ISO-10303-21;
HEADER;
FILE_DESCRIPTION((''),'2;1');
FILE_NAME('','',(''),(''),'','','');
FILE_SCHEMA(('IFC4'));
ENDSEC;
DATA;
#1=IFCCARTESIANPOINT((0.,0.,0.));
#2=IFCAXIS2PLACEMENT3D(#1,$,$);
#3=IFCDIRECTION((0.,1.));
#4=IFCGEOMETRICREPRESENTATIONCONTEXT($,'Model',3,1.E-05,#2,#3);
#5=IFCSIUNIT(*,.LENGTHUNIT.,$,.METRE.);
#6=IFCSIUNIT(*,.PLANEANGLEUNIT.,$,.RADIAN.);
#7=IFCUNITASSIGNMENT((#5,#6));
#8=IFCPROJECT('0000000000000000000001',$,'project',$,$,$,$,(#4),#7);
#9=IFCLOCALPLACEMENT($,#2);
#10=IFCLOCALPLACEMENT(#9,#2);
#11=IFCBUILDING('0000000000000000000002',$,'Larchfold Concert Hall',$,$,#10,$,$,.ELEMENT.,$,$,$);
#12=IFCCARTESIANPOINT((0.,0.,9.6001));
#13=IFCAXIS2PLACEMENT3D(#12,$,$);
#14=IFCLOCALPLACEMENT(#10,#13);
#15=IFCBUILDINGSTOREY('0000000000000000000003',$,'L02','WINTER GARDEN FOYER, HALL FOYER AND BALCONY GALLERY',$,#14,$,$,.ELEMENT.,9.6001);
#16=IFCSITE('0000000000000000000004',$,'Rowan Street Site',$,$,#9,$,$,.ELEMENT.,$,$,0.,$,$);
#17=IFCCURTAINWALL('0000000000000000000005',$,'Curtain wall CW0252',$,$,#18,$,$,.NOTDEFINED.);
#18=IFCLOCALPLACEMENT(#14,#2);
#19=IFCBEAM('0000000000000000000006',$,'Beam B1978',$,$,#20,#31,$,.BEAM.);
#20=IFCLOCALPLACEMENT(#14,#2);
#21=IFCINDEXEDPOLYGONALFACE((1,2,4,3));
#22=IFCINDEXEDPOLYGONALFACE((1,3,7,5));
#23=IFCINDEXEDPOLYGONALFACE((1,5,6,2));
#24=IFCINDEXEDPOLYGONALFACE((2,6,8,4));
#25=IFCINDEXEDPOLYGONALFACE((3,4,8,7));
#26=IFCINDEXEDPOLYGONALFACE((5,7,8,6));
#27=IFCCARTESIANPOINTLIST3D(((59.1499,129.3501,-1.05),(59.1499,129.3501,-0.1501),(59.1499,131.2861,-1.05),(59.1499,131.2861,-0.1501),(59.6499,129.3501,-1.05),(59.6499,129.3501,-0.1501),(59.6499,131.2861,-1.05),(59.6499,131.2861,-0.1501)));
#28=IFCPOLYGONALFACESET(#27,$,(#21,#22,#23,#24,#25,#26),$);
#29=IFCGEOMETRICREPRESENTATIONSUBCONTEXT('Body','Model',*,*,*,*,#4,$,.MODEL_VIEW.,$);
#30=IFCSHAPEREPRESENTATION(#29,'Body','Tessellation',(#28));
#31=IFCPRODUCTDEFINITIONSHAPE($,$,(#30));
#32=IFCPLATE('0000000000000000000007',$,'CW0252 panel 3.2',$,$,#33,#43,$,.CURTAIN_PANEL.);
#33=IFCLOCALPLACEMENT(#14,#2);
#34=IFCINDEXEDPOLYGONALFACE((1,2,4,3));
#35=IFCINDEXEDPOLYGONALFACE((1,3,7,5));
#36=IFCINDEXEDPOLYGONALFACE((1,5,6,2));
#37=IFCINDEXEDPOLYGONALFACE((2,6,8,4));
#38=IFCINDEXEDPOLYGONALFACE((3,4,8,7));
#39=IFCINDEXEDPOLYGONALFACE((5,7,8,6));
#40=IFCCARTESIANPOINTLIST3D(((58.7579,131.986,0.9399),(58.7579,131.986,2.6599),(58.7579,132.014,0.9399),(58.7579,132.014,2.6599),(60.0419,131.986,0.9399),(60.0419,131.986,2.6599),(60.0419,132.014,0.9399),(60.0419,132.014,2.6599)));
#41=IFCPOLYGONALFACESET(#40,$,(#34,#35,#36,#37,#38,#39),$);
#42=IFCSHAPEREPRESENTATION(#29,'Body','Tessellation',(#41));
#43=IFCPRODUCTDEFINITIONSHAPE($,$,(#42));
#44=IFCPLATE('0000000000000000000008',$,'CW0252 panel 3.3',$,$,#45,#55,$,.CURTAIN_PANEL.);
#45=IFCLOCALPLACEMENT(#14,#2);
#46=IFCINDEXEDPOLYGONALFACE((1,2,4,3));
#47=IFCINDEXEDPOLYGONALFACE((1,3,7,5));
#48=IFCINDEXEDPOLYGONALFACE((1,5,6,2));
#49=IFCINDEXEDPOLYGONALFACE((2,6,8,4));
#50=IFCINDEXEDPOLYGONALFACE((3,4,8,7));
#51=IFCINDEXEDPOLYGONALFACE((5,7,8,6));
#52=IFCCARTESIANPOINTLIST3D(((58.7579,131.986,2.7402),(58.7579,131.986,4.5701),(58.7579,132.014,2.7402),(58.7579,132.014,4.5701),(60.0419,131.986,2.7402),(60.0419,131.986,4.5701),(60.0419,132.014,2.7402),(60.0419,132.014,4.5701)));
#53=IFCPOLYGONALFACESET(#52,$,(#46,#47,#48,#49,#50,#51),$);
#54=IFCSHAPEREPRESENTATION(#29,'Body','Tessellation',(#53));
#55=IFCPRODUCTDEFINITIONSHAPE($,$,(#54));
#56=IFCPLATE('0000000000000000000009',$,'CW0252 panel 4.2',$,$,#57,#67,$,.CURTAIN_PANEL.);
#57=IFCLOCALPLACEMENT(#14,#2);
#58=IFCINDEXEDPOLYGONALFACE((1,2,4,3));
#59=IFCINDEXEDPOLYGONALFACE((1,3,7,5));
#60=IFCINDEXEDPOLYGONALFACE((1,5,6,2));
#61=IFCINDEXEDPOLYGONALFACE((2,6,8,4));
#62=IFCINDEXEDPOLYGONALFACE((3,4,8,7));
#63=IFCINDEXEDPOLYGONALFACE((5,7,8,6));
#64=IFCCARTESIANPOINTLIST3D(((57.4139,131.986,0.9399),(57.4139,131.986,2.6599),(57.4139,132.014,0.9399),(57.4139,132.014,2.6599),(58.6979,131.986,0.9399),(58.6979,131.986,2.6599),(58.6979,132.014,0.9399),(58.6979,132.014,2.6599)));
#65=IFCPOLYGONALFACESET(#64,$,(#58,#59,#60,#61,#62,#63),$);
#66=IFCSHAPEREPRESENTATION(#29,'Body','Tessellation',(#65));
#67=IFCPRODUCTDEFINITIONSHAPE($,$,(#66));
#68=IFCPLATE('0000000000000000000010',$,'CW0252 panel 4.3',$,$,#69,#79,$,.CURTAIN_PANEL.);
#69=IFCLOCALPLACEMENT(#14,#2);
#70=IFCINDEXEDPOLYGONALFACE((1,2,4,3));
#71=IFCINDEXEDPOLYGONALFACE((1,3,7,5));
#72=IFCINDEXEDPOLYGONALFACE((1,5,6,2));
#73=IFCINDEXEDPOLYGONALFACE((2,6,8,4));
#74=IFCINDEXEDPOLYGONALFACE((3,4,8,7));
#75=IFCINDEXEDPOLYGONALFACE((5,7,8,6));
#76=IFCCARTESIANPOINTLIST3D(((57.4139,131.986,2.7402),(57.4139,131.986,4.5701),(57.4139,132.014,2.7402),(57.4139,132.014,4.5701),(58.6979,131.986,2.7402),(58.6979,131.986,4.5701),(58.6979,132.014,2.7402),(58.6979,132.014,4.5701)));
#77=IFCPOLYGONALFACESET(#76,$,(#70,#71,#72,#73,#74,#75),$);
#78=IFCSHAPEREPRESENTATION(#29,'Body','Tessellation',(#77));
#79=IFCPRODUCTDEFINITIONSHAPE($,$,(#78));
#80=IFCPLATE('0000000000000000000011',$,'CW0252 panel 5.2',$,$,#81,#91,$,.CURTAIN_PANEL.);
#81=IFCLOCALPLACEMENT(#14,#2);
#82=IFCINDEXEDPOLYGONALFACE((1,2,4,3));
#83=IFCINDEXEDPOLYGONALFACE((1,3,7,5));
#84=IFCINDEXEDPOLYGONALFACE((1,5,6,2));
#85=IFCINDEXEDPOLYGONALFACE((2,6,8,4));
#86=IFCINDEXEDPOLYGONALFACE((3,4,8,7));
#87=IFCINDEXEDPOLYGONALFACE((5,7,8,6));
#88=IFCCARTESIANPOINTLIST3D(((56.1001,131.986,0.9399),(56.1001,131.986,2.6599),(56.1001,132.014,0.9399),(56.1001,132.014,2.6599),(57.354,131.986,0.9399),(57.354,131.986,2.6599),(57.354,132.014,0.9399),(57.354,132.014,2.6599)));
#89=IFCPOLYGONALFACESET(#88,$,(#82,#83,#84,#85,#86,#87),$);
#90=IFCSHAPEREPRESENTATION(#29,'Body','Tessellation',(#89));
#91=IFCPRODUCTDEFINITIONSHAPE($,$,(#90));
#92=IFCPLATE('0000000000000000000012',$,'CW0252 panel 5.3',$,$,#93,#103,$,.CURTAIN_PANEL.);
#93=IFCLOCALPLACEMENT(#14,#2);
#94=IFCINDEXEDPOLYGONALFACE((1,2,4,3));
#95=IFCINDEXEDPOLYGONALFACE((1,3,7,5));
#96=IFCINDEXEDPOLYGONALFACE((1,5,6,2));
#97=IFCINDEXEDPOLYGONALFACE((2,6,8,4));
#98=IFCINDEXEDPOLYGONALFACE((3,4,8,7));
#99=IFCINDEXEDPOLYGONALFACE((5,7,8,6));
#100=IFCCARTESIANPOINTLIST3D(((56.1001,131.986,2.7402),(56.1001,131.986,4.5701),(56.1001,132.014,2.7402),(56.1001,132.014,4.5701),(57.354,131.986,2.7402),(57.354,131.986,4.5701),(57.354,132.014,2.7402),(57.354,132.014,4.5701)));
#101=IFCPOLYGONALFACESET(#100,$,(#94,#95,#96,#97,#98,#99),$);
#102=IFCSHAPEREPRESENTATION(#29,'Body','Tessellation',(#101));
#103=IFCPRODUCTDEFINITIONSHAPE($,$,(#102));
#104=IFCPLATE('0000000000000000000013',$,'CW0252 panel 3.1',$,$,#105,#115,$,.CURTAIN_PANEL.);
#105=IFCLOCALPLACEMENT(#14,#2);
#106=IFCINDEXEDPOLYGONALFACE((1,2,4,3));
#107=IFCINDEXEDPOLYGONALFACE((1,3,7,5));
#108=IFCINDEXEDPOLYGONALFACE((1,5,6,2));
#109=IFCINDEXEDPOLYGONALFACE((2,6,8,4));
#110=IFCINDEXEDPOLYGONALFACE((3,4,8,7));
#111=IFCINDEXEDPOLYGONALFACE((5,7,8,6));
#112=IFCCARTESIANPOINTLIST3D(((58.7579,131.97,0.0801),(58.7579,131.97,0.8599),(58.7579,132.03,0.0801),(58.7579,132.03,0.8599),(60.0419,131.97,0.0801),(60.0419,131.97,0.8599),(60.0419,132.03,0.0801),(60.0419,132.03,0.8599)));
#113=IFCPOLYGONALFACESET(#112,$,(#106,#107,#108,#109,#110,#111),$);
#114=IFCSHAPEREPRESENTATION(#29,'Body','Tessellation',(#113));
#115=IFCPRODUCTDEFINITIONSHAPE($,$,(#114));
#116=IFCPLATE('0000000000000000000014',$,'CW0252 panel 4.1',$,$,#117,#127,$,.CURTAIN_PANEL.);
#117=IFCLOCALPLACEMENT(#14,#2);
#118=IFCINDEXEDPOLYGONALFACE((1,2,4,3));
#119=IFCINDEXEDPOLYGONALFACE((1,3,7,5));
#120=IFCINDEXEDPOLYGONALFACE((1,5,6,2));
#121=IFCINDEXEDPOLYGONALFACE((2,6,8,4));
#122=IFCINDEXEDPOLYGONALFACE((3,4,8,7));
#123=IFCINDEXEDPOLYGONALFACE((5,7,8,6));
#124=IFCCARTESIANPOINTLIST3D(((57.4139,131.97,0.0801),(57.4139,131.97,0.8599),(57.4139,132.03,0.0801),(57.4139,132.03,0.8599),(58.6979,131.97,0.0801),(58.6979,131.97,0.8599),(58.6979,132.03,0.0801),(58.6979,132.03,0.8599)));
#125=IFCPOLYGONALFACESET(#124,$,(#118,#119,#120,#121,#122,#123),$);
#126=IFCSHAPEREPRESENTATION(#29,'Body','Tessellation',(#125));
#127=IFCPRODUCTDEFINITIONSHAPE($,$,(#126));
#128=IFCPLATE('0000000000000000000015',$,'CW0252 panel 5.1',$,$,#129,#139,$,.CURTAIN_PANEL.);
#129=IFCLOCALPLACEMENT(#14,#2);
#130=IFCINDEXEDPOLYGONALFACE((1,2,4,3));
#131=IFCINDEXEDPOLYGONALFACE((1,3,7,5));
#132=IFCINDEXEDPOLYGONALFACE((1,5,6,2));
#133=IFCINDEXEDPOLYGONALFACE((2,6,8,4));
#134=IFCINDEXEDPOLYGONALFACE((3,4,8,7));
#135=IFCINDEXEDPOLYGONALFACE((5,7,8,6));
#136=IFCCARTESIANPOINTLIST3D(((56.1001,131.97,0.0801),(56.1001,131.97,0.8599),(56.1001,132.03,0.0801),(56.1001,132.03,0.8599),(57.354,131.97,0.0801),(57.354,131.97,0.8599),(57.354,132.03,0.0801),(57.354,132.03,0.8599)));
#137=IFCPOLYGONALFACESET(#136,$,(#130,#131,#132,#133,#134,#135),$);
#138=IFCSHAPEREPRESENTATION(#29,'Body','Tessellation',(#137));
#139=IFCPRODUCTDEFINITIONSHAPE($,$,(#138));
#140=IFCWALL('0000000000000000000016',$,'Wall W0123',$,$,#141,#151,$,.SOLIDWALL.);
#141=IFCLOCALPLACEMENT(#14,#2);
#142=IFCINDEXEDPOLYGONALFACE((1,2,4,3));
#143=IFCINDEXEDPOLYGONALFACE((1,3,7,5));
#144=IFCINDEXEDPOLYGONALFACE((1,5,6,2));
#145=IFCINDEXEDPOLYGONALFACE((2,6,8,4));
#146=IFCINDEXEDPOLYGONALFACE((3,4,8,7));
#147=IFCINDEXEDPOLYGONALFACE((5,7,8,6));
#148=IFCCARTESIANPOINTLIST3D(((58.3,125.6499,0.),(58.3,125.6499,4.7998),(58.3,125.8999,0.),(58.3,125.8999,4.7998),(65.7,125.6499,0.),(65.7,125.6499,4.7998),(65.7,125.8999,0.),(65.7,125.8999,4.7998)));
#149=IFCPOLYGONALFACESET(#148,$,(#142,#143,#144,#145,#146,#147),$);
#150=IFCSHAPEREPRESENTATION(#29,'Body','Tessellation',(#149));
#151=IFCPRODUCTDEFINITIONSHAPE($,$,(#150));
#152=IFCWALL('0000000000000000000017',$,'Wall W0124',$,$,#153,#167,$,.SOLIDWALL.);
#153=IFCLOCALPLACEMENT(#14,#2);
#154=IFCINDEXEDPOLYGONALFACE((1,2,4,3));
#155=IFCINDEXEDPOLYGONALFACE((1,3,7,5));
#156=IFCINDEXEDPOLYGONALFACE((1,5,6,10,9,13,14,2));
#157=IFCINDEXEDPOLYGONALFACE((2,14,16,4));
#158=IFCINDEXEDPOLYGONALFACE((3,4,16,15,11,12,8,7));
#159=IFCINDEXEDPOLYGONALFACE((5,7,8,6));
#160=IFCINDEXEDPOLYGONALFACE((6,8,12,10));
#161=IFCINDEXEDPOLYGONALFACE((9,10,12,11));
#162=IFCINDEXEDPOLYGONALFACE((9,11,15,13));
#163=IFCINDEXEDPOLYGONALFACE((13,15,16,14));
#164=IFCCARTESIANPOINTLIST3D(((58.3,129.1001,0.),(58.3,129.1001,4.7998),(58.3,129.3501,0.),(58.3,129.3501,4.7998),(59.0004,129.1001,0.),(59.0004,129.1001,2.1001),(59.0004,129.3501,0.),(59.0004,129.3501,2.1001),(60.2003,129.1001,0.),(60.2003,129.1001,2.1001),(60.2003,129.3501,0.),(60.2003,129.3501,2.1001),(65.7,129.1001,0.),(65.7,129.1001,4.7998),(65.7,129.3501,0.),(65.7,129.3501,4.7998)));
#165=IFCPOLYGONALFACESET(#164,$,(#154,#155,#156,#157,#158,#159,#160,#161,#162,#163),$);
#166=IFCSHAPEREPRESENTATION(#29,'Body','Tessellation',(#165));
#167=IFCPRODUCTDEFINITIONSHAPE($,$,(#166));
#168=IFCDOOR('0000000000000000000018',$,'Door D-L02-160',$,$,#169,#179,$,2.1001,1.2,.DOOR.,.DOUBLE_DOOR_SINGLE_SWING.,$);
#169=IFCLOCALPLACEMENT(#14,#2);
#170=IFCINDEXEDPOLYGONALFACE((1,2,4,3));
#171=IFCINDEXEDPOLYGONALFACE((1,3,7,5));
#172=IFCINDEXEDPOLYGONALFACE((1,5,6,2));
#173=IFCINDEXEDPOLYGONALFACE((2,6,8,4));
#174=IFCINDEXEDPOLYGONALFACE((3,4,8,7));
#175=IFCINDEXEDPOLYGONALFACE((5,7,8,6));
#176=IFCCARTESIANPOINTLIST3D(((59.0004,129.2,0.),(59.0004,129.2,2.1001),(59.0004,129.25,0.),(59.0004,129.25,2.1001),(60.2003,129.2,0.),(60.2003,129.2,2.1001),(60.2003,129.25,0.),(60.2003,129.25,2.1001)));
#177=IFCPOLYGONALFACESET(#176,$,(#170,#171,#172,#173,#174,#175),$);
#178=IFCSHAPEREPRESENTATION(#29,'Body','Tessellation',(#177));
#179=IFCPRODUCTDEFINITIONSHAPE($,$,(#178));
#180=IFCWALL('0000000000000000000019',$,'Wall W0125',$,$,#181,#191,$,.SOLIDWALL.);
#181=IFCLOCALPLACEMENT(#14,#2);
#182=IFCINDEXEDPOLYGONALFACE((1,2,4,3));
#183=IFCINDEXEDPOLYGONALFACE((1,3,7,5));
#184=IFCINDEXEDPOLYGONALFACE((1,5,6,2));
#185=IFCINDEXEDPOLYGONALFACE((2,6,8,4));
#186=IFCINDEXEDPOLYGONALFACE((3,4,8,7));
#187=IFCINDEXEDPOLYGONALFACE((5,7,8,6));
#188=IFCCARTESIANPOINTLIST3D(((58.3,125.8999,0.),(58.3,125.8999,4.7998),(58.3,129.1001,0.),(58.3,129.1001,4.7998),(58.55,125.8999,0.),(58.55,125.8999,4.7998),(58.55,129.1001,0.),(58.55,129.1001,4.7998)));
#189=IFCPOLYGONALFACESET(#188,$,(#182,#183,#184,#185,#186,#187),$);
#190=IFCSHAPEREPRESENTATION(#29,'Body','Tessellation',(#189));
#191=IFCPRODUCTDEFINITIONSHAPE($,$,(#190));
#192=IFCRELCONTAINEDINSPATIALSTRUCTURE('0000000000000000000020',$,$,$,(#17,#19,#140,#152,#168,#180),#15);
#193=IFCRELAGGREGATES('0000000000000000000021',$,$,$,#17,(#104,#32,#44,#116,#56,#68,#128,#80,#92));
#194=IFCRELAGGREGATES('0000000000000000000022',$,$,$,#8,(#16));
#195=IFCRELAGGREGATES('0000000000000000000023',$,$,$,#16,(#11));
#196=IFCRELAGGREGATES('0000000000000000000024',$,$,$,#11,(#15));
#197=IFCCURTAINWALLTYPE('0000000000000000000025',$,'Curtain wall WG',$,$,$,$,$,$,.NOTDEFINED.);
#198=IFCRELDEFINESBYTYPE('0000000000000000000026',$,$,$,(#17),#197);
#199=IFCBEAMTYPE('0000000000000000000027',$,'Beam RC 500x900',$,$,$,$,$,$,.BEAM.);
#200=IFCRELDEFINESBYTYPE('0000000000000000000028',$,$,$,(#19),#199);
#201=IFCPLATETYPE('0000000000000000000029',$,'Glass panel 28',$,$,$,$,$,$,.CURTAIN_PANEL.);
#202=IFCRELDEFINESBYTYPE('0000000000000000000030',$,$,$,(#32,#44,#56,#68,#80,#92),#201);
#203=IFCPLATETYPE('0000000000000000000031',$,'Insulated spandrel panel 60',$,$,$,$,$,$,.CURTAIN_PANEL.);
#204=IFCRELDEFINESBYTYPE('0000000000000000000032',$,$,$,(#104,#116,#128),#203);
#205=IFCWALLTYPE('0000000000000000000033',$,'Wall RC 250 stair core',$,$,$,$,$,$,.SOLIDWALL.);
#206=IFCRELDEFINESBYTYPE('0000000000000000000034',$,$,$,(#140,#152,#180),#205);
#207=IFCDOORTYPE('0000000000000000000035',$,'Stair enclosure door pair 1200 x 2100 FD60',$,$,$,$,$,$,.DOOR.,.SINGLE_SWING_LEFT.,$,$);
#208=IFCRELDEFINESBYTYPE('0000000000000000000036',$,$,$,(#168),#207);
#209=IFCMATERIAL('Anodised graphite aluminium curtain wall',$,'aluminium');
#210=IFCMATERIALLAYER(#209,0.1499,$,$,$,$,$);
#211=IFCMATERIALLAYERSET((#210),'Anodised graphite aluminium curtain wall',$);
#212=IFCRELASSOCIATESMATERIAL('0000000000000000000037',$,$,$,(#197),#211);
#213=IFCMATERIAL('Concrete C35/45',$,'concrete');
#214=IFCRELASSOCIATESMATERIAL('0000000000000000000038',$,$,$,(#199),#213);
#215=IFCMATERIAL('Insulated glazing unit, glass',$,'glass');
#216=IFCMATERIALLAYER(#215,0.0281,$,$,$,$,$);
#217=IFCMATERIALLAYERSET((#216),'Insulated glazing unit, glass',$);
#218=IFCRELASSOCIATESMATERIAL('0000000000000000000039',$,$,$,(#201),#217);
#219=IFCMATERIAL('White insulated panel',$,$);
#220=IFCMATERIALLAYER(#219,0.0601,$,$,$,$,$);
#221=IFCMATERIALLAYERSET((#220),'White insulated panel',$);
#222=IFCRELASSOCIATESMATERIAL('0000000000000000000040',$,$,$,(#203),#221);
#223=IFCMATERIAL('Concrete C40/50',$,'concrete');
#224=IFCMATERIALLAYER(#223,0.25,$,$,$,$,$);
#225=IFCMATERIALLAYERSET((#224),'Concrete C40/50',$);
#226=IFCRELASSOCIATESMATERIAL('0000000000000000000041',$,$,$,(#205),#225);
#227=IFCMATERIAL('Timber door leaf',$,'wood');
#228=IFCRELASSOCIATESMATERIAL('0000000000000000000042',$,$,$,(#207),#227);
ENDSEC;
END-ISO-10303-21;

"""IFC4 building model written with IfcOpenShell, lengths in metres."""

from ifc_helpers import new_model, si_unit, direction, frame, frame_2d, origin, origin_2d, place, context, subcontext, project, spatial, rectangle, extrude, material, layer, layer_set, material_profile, profile_set, type_object, element, fill, aggregate, save


model = new_model("IFC4")

# Units and contexts
model_context = context("Model", 3, precision=1e-05, world=origin(), true_north=direction((0.0, 1.0)))
body_context = subcontext(model_context, "Body", "Model", "MODEL_VIEW")
ifc_project = project(units=[si_unit("LENGTHUNIT", "METRE"), si_unit("PLANEANGLEUNIT", "RADIAN")], contexts=[model_context])

# Site, building, storey
site_placement = place(None, origin())
site = spatial("IfcSite", under=ifc_project, at=site_placement, Name="Rowan Street Site", CompositionType="ELEMENT", RefElevation=0.0)
building_placement = place(site_placement, origin())
building = spatial("IfcBuilding", under=site, at=building_placement, Name="Larchfold Concert Hall", CompositionType="ELEMENT")
storey_placement = place(building_placement, frame((0.0, 0.0, 9.6001)))
storey = spatial("IfcBuildingStorey", under=building, at=storey_placement, Name="L02", Description="WINTER GARDEN FOYER, HALL FOYER AND BALCONY GALLERY", CompositionType="ELEMENT", Elevation=9.6001)

# Curtain wall
ifc_material_1 = material(Name="Anodised graphite aluminium curtain wall", Category="aluminium")
ifc_layer_1 = layer(ifc_material_1, 0.1499)
ifc_layer_set_1 = layer_set([ifc_layer_1], Name="Anodised graphite aluminium curtain wall")
curtain_wall_type = type_object("IfcCurtainWallType", Name="Curtain wall WG", PredefinedType="NOTDEFINED", material=ifc_layer_set_1)
curtain_wall_1_placement = place(storey_placement, origin())
curtain_wall_1 = element("IfcCurtainWall", 1, at=curtain_wall_1_placement, inside=storey, type_object=curtain_wall_type, Name="Curtain wall CW0252", PredefinedType="NOTDEFINED")

# Beam
ifc_material_2 = material(Name="Concrete C35/45", Category="concrete")
ifc_material_profile_1 = material_profile(ifc_material_2, rectangle(XDim=0.5, YDim=0.8999, at=origin_2d()))
ifc_profile_set_1 = profile_set([ifc_material_profile_1], Name="Concrete C35/45")
beam_type = type_object("IfcBeamType", Name="Beam RC 500x900", PredefinedType="BEAM", material=ifc_profile_set_1)
beam_placement = place(storey_placement, frame((59.3999, 129.3501, -0.6001), z_axis=(0.0, 1.0, 0.0), x_axis=(-1.0, 0.0, 0.0)))
element("IfcBeam", 2, at=beam_placement, inside=storey, type_object=beam_type, Name="Beam B1978", PredefinedType="BEAM", context=body_context, shape_type="SweptSolid", body=[
    extrude(rectangle(XDim=0.5, YDim=0.8999, at=origin_2d()), origin(), (0.0, 0.0, 1.0), 1.936),
])

# Plates
ifc_material_3 = material(Name="Insulated glazing unit, glass", Category="glass")
ifc_layer_2 = layer(ifc_material_3, 0.0281)
ifc_layer_set_2 = layer_set([ifc_layer_2], Name="Insulated glazing unit, glass")
plate_type_1 = type_object("IfcPlateType", Name="Glass panel 28", PredefinedType="CURTAIN_PANEL", material=ifc_layer_set_2)
plate_1_placement = place(storey_placement, frame((59.3999, 132.0, 0.9399), z_axis=(0.0, 0.0, 1.0), x_axis=(-1.0, 0.0, 0.0)))
plate_1 = element("IfcPlate", 3, at=plate_1_placement, type_object=plate_type_1, Name="CW0252 panel 3.2", PredefinedType="CURTAIN_PANEL", context=body_context, shape_type="SweptSolid", body=[
    extrude(rectangle(XDim=1.2839, YDim=0.0281, at=origin_2d()), origin(), (0.0, 0.0, 1.0), 1.72),
])
plate_2_placement = place(storey_placement, frame((59.3999, 132.0, 2.7402), z_axis=(0.0, 0.0, 1.0), x_axis=(-1.0, 0.0, 0.0)))
plate_2 = element("IfcPlate", 4, at=plate_2_placement, type_object=plate_type_1, Name="CW0252 panel 3.3", PredefinedType="CURTAIN_PANEL", context=body_context, shape_type="SweptSolid", body=[
    extrude(rectangle(XDim=1.2839, YDim=0.0281, at=origin_2d()), origin(), (0.0, 0.0, 1.0), 1.8298),
])
plate_3_placement = place(storey_placement, frame((58.0559, 132.0, 0.9399), z_axis=(0.0, 0.0, 1.0), x_axis=(-1.0, 0.0, 0.0)))
plate_3 = element("IfcPlate", 5, at=plate_3_placement, type_object=plate_type_1, Name="CW0252 panel 4.2", PredefinedType="CURTAIN_PANEL", context=body_context, shape_type="SweptSolid", body=[
    extrude(rectangle(XDim=1.2839, YDim=0.0281, at=origin_2d()), origin(), (0.0, 0.0, 1.0), 1.72),
])
plate_4_placement = place(storey_placement, frame((58.0559, 132.0, 2.7402), z_axis=(0.0, 0.0, 1.0), x_axis=(-1.0, 0.0, 0.0)))
plate_4 = element("IfcPlate", 6, at=plate_4_placement, type_object=plate_type_1, Name="CW0252 panel 4.3", PredefinedType="CURTAIN_PANEL", context=body_context, shape_type="SweptSolid", body=[
    extrude(rectangle(XDim=1.2839, YDim=0.0281, at=origin_2d()), origin(), (0.0, 0.0, 1.0), 1.8298),
])
plate_5_placement = place(storey_placement, frame((56.7271, 132.0, 0.9399), z_axis=(0.0, 0.0, 1.0), x_axis=(-1.0, 0.0, 0.0)))
plate_5 = element("IfcPlate", 7, at=plate_5_placement, type_object=plate_type_1, Name="CW0252 panel 5.2", PredefinedType="CURTAIN_PANEL", context=body_context, shape_type="SweptSolid", body=[
    extrude(rectangle(XDim=1.2539, YDim=0.0281, at=origin_2d()), origin(), (0.0, 0.0, 1.0), 1.72),
])
plate_6_placement = place(storey_placement, frame((56.7271, 132.0, 2.7402), z_axis=(0.0, 0.0, 1.0), x_axis=(-1.0, 0.0, 0.0)))
plate_6 = element("IfcPlate", 8, at=plate_6_placement, type_object=plate_type_1, Name="CW0252 panel 5.3", PredefinedType="CURTAIN_PANEL", context=body_context, shape_type="SweptSolid", body=[
    extrude(rectangle(XDim=1.2539, YDim=0.0281, at=origin_2d()), origin(), (0.0, 0.0, 1.0), 1.8298),
])
ifc_material_4 = material(Name="White insulated panel")
ifc_layer_3 = layer(ifc_material_4, 0.0601)
ifc_layer_set_3 = layer_set([ifc_layer_3], Name="White insulated panel")
plate_type_2 = type_object("IfcPlateType", Name="Insulated spandrel panel 60", PredefinedType="CURTAIN_PANEL", material=ifc_layer_set_3)
plate_7_placement = place(storey_placement, frame((59.3999, 132.0, 0.0801), z_axis=(0.0, 0.0, 1.0), x_axis=(-1.0, 0.0, 0.0)))
plate_7 = element("IfcPlate", 9, at=plate_7_placement, type_object=plate_type_2, Name="CW0252 panel 3.1", PredefinedType="CURTAIN_PANEL", context=body_context, shape_type="SweptSolid", body=[
    extrude(rectangle(XDim=1.2839, YDim=0.0601, at=origin_2d()), origin(), (0.0, 0.0, 1.0), 0.7798),
])
plate_8_placement = place(storey_placement, frame((58.0559, 132.0, 0.0801), z_axis=(0.0, 0.0, 1.0), x_axis=(-1.0, 0.0, 0.0)))
plate_8 = element("IfcPlate", 10, at=plate_8_placement, type_object=plate_type_2, Name="CW0252 panel 4.1", PredefinedType="CURTAIN_PANEL", context=body_context, shape_type="SweptSolid", body=[
    extrude(rectangle(XDim=1.2839, YDim=0.0601, at=origin_2d()), origin(), (0.0, 0.0, 1.0), 0.7798),
])
plate_9_placement = place(storey_placement, frame((56.7271, 132.0, 0.0801), z_axis=(0.0, 0.0, 1.0), x_axis=(-1.0, 0.0, 0.0)))
plate_9 = element("IfcPlate", 11, at=plate_9_placement, type_object=plate_type_2, Name="CW0252 panel 5.1", PredefinedType="CURTAIN_PANEL", context=body_context, shape_type="SweptSolid", body=[
    extrude(rectangle(XDim=1.2539, YDim=0.0601, at=origin_2d()), origin(), (0.0, 0.0, 1.0), 0.7798),
])
aggregate(curtain_wall_1, [plate_7, plate_1, plate_2, plate_8, plate_3, plate_4, plate_9, plate_5, plate_6])

# Wall
ifc_material_5 = material(Name="Concrete C40/50", Category="concrete")
ifc_layer_4 = layer(ifc_material_5, 0.25)
ifc_layer_set_4 = layer_set([ifc_layer_4], Name="Concrete C40/50")
wall_type = type_object("IfcWallType", Name="Wall RC 250 stair core", PredefinedType="SOLIDWALL", material=ifc_layer_set_4)
wall_1_placement = place(storey_placement, frame((58.3, 125.7749, 0.0), z_axis=(0.0, 0.0, 1.0), x_axis=(1.0, 0.0, 0.0)))
element("IfcWall", 12, at=wall_1_placement, inside=storey, type_object=wall_type, Name="Wall W0123", PredefinedType="SOLIDWALL", context=body_context, shape_type="SweptSolid", body=[
    extrude(rectangle(XDim=7.3999, YDim=0.25, at=frame_2d((3.7, 0.0))), origin(), (0.0, 0.0, 1.0), 4.7998),
])

# Wall, opening, door
wall_2_placement = place(storey_placement, frame((58.3, 129.2251, 0.0), z_axis=(0.0, 0.0, 1.0), x_axis=(1.0, 0.0, 0.0)))
wall_2 = element("IfcWall", 13, at=wall_2_placement, inside=storey, type_object=wall_type, Name="Wall W0124", PredefinedType="SOLIDWALL", context=body_context, shape_type="SweptSolid", body=[
    extrude(rectangle(XDim=7.3999, YDim=0.25, at=frame_2d((3.7, 0.0))), origin(), (0.0, 0.0, 1.0), 4.7998),
])
opening_placement = place(wall_2_placement, frame((0.7002, 0.0, 0.0)))
opening = element("IfcOpeningElement", 14, at=opening_placement, cuts=wall_2, PredefinedType="OPENING", context=body_context, shape_type="SweptSolid", body=[
    extrude(rectangle(XDim=1.2, YDim=2.1001, at=frame_2d((0.6001, 1.05))), frame((0.0, 0.135, 0.0), z_axis=(0.0, -1.0, 0.0), x_axis=(1.0, 0.0, 0.0)), (0.0, 0.0, 1.0), 0.27),
])
ifc_material_6 = material(Name="Timber door leaf", Category="wood")
door_type = type_object("IfcDoorType", Name="Stair enclosure door pair 1200 x 2100 FD60", OperationType="SINGLE_SWING_LEFT", PredefinedType="DOOR", material=ifc_material_6)
door_placement = place(opening_placement, origin())
door = element("IfcDoor", 15, at=door_placement, inside=storey, type_object=door_type, Name="Door D-L02-160", OperationType="DOUBLE_DOOR_SINGLE_SWING", OverallHeight=2.1001, OverallWidth=1.2, PredefinedType="DOOR", context=body_context, shape_type="SweptSolid", body=[
    extrude(rectangle(XDim=1.2, YDim=2.1001, at=frame_2d((0.6001, 1.05))), frame((0.0, 0.0249, 0.0), z_axis=(0.0, -1.0, 0.0), x_axis=(1.0, 0.0, 0.0)), (0.0, 0.0, 1.0), 0.05),
])
fill(opening, door)

# Wall
wall_3_placement = place(storey_placement, frame((58.425, 125.8999, 0.0), z_axis=(0.0, 0.0, 1.0), x_axis=(0.0, 1.0, 0.0)))
element("IfcWall", 16, at=wall_3_placement, inside=storey, type_object=wall_type, Name="Wall W0125", PredefinedType="SOLIDWALL", context=body_context, shape_type="SweptSolid", body=[
    extrude(rectangle(XDim=3.2002, YDim=0.25, at=frame_2d((1.6001, 0.0))), origin(), (0.0, 0.0, 1.0), 4.7998),
])

save(model, "model.ifc")
